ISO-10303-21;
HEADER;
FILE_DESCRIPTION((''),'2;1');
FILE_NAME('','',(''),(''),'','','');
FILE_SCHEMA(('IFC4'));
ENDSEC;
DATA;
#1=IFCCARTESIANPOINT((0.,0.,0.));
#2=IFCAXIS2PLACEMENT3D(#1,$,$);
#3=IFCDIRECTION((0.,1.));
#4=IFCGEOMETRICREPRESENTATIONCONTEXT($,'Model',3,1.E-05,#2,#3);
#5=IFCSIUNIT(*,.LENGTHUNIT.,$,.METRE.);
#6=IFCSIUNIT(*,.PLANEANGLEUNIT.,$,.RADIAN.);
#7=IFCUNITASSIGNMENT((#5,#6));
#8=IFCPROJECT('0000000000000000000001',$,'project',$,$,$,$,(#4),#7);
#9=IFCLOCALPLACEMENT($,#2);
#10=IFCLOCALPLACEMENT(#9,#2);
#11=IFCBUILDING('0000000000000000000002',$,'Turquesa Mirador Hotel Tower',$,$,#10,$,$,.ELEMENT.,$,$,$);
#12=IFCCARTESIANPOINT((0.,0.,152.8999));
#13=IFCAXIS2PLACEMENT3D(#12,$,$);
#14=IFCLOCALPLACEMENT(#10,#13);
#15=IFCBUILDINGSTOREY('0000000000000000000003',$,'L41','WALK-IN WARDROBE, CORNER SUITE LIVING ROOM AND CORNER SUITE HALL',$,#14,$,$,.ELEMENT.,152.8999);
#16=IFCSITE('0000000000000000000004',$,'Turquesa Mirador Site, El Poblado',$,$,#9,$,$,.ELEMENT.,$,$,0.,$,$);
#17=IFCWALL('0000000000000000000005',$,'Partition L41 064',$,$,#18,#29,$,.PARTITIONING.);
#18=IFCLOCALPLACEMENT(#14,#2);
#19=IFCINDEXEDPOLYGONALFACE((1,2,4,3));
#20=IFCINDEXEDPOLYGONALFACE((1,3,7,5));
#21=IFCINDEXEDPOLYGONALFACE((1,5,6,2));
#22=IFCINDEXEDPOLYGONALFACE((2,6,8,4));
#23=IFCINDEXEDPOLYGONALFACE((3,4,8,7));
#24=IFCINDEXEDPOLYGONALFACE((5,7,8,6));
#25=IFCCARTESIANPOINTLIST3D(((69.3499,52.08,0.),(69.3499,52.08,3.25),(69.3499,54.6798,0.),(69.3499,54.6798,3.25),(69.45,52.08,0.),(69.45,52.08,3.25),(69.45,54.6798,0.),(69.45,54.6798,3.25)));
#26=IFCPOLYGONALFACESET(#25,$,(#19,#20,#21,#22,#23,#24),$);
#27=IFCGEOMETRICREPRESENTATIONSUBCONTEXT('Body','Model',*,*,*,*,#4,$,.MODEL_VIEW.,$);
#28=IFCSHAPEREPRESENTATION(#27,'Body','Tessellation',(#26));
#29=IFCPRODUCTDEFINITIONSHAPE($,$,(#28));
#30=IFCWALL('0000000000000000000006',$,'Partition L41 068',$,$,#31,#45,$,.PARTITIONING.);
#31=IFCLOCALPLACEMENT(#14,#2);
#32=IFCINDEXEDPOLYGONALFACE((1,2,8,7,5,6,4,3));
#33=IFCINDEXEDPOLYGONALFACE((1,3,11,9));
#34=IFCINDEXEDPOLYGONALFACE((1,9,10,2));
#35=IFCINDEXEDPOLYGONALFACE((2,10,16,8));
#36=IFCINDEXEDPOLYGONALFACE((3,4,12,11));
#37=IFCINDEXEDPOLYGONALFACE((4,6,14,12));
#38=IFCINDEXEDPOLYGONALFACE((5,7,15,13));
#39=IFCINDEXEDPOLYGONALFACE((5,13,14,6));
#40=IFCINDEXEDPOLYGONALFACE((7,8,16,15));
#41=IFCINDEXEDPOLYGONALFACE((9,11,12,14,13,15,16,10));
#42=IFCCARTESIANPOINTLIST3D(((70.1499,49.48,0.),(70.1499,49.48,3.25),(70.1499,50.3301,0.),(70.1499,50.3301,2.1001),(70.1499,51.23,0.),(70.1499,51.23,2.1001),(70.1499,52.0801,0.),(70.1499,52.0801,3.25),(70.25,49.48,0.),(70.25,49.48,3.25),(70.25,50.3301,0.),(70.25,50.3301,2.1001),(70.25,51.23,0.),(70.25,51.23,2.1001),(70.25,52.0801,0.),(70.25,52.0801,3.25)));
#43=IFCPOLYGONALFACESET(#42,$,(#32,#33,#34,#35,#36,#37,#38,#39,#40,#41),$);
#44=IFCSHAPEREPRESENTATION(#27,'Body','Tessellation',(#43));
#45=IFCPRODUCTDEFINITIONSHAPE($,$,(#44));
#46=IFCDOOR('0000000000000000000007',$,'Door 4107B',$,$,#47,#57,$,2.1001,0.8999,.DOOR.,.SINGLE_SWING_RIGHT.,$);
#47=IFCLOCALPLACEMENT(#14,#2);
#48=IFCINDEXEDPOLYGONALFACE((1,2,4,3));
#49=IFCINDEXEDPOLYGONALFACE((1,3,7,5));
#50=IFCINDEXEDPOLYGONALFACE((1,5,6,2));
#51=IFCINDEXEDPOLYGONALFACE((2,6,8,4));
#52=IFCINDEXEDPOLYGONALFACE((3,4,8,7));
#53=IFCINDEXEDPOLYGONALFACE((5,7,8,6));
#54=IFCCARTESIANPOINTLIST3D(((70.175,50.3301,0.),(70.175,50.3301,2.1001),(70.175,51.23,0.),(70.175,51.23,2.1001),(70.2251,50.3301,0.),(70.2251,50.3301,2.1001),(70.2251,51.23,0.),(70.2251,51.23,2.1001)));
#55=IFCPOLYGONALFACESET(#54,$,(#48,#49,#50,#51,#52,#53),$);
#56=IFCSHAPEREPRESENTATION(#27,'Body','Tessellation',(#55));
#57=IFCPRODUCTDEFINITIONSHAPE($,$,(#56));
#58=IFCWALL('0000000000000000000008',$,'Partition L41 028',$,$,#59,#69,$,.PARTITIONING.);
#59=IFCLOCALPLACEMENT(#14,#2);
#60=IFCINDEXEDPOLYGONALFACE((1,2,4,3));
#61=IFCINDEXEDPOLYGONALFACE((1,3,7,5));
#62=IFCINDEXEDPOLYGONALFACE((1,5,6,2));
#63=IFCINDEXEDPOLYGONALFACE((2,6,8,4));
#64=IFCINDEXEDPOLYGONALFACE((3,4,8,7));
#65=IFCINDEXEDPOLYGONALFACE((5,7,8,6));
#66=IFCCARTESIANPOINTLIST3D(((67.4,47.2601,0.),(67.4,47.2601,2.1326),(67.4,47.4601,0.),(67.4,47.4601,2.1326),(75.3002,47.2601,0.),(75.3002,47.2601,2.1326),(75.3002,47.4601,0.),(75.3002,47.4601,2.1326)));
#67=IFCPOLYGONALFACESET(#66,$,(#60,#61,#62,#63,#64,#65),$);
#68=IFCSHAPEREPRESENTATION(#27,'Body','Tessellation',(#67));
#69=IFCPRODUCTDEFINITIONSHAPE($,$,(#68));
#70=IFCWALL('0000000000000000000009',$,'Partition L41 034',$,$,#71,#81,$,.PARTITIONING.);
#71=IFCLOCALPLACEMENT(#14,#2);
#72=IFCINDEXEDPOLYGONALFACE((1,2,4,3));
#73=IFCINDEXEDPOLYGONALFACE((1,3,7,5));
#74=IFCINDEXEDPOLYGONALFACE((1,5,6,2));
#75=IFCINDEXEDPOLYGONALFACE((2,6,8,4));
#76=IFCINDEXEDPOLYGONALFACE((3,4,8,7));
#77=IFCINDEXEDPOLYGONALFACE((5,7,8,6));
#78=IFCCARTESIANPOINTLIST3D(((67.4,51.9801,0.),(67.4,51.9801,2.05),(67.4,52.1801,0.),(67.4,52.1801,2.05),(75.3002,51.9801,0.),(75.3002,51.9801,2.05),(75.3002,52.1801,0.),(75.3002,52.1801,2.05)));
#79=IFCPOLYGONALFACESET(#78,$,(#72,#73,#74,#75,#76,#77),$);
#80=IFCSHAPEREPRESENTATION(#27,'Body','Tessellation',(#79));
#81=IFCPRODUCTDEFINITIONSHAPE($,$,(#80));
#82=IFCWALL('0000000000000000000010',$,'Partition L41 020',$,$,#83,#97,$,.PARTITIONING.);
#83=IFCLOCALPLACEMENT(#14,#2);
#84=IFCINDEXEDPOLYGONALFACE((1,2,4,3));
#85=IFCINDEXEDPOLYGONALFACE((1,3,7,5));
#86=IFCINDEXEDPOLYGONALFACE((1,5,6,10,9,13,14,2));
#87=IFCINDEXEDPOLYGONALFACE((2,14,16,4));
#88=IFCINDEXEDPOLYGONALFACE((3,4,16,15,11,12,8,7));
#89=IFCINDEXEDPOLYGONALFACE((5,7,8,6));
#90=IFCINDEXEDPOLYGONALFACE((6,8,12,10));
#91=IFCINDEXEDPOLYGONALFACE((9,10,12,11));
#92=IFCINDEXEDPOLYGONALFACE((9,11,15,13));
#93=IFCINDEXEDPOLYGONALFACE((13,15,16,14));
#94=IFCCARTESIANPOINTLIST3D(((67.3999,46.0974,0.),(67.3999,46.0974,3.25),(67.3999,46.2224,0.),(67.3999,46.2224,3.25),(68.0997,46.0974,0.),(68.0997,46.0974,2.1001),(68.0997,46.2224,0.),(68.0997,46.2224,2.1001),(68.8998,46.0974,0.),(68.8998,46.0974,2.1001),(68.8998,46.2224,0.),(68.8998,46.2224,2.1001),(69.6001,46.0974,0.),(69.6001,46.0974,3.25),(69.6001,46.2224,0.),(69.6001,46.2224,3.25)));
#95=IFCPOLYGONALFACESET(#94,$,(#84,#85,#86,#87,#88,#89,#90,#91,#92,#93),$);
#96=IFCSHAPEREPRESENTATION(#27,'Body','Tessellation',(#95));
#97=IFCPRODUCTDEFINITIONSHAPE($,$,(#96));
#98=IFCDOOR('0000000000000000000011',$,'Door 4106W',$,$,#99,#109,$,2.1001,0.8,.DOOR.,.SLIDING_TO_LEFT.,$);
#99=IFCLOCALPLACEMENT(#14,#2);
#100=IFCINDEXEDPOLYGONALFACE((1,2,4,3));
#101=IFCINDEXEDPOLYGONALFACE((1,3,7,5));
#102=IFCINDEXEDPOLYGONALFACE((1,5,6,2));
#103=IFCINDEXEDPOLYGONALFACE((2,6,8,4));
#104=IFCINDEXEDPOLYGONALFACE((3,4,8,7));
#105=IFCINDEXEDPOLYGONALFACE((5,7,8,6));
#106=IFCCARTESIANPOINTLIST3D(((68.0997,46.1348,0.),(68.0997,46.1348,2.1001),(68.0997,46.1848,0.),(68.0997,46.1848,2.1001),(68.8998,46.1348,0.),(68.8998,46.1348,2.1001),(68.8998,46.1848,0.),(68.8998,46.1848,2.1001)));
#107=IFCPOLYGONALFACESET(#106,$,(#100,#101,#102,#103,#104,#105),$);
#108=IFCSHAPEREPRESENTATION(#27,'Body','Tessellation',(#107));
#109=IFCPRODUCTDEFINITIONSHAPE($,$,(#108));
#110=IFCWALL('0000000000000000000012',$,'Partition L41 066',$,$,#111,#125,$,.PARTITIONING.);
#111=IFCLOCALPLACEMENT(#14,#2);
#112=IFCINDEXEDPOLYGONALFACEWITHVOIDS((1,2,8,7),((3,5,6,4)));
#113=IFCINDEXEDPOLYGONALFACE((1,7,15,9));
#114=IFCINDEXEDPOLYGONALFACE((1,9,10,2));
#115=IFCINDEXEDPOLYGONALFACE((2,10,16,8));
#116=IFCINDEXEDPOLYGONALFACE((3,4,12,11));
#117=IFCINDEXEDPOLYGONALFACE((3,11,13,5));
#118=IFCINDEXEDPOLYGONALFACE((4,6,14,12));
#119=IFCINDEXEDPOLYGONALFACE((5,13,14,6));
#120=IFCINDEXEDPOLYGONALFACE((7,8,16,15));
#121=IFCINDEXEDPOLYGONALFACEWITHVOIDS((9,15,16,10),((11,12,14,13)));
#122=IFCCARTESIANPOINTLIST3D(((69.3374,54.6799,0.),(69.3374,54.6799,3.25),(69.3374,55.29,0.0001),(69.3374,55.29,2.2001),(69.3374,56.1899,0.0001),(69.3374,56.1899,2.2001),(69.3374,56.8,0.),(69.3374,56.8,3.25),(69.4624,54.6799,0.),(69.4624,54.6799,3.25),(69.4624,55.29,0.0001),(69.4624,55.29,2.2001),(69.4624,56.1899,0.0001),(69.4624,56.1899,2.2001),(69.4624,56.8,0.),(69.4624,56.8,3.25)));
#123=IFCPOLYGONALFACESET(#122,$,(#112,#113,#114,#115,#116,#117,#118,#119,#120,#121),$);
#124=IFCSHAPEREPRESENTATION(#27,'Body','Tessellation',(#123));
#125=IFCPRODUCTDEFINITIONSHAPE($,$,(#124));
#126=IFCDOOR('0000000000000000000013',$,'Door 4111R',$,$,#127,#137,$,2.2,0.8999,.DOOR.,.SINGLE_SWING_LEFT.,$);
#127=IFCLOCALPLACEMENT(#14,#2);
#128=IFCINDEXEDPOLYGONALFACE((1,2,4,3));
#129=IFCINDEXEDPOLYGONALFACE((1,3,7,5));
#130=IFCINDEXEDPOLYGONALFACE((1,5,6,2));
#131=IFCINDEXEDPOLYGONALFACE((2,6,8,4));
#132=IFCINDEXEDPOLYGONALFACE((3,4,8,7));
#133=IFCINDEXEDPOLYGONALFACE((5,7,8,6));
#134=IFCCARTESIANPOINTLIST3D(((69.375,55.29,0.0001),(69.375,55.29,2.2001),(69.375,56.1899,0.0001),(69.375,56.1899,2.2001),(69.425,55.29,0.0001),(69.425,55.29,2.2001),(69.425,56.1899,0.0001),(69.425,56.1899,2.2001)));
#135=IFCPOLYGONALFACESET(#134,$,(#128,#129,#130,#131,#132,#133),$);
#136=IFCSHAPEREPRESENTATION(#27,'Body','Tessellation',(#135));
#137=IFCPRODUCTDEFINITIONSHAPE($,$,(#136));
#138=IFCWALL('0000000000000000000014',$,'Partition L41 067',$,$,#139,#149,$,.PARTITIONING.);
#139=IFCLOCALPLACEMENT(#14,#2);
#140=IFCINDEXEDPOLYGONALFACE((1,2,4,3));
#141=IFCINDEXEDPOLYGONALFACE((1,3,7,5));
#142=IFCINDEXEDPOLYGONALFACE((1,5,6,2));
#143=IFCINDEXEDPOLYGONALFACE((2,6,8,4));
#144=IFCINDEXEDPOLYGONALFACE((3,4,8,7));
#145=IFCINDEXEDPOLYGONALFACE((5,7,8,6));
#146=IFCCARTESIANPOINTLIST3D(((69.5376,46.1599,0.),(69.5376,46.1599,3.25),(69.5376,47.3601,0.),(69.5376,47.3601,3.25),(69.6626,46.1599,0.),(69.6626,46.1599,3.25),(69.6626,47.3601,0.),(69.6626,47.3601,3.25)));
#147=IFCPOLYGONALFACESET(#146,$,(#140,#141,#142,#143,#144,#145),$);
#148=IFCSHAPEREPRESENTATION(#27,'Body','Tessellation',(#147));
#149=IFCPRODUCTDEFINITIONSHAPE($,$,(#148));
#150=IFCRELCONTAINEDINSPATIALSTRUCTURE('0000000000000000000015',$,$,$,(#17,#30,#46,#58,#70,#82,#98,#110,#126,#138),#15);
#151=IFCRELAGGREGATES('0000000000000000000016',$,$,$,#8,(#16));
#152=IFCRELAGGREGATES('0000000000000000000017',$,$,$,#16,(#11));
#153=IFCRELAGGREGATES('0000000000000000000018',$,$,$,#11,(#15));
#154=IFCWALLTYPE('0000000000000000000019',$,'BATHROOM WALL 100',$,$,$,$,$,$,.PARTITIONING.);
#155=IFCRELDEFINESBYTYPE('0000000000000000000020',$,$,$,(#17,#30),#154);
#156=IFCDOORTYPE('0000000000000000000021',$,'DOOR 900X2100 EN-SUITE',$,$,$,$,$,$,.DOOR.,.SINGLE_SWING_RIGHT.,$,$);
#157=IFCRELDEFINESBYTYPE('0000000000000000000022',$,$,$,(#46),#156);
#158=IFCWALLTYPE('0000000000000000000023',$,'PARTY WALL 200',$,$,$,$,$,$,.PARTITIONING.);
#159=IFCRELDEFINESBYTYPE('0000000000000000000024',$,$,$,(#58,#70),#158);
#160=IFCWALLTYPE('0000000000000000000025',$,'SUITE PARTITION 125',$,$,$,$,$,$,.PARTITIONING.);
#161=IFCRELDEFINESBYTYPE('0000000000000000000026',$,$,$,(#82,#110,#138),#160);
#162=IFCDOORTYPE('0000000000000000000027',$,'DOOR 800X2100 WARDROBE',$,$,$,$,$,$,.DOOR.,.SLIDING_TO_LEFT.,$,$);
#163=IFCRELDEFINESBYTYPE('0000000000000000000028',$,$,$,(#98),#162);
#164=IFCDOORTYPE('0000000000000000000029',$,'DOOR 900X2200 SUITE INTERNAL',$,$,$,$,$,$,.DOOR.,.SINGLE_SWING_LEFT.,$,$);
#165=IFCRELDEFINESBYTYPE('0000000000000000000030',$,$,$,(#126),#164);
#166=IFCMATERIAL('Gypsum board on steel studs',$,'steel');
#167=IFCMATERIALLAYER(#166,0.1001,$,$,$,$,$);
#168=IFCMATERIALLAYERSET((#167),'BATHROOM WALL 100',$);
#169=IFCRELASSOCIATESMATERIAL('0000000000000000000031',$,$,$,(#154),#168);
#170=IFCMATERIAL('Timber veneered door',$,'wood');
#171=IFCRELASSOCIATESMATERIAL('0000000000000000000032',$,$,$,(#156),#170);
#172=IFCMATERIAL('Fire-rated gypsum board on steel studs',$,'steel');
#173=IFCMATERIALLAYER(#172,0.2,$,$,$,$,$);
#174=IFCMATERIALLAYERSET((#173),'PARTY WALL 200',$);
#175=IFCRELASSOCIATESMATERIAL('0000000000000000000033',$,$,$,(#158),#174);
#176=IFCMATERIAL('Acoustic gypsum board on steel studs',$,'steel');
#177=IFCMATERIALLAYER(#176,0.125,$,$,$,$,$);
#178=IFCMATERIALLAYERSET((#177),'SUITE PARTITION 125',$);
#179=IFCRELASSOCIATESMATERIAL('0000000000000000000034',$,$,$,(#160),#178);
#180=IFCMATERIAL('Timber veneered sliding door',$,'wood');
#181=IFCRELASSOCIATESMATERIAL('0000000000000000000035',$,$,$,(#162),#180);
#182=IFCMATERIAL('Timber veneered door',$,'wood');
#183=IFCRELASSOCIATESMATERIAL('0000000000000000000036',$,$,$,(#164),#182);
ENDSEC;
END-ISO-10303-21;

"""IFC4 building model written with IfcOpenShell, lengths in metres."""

from ifc_helpers import new_model, si_unit, direction, frame, frame_2d, origin, place, context, subcontext, project, spatial, rectangle, extrude, material, layer, layer_set, type_object, element, fill, save


model = new_model("IFC4")

# Units and contexts
model_context = context("Model", 3, precision=1e-05, world=origin(), true_north=direction((0.0, 1.0)))
body_context = subcontext(model_context, "Body", "Model", "MODEL_VIEW")
ifc_project = project(units=[si_unit("LENGTHUNIT", "METRE"), si_unit("PLANEANGLEUNIT", "RADIAN")], contexts=[model_context])

# Site, building, storey
site_placement = place(None, origin())
site = spatial("IfcSite", under=ifc_project, at=site_placement, Name="Turquesa Mirador Site, El Poblado", CompositionType="ELEMENT", RefElevation=0.0)
building_placement = place(site_placement, origin())
building = spatial("IfcBuilding", under=site, at=building_placement, Name="Turquesa Mirador Hotel Tower", CompositionType="ELEMENT")
storey_placement = place(building_placement, frame((0.0, 0.0, 152.8999)))
storey = spatial("IfcBuildingStorey", under=building, at=storey_placement, Name="L41", Description="WALK-IN WARDROBE, CORNER SUITE LIVING ROOM AND CORNER SUITE HALL", CompositionType="ELEMENT", Elevation=152.8999)

# Wall
ifc_material_1 = material(Name="Gypsum board on steel studs", Category="steel")
ifc_layer_1 = layer(ifc_material_1, 0.1001)
ifc_layer_set_1 = layer_set([ifc_layer_1], Name="BATHROOM WALL 100")
wall_type_1 = type_object("IfcWallType", Name="BATHROOM WALL 100", PredefinedType="PARTITIONING", material=ifc_layer_set_1)
wall_1_placement = place(storey_placement, frame((69.3999, 52.0801, 0.0), z_axis=(0.0, 0.0, 1.0), x_axis=(0.0, 1.0, 0.0)))
element("IfcWall", 1, at=wall_1_placement, inside=storey, type_object=wall_type_1, Name="Partition L41 064", PredefinedType="PARTITIONING", context=body_context, shape_type="SweptSolid", body=[
    extrude(rectangle(XDim=2.5999, YDim=0.1001, at=frame_2d((1.2998, 0.0))), origin(), (0.0, 0.0, 1.0), 3.25),
])

# Wall, opening, door
wall_2_placement = place(storey_placement, frame((70.2, 49.48, 0.0), z_axis=(0.0, 0.0, 1.0), x_axis=(0.0, 1.0, 0.0)))
wall_2 = element("IfcWall", 2, at=wall_2_placement, inside=storey, type_object=wall_type_1, Name="Partition L41 068", PredefinedType="PARTITIONING", context=body_context, shape_type="SweptSolid", body=[
    extrude(rectangle(XDim=2.6001, YDim=0.1001, at=frame_2d((1.3, 0.0))), origin(), (0.0, 0.0, 1.0), 3.25),
])
opening_1_placement = place(wall_2_placement, frame((0.8501, 0.0, 0.0)))
opening_1 = element("IfcOpeningElement", 3, at=opening_1_placement, cuts=wall_2, PredefinedType="OPENING", context=body_context, shape_type="SweptSolid", body=[
    extrude(rectangle(XDim=0.8999, YDim=2.1001, at=frame_2d((0.45, 1.05))), frame((0.0, 0.0601, 0.0), z_axis=(0.0, -1.0, 0.0), x_axis=(1.0, 0.0, 0.0)), (0.0, 0.0, 1.0), 0.1201),
])
ifc_material_2 = material(Name="Timber veneered door", Category="wood")
door_type_1 = type_object("IfcDoorType", Name="DOOR 900X2100 EN-SUITE", OperationType="SINGLE_SWING_RIGHT", PredefinedType="DOOR", material=ifc_material_2)
door_1_placement = place(opening_1_placement, origin())
door_1 = element("IfcDoor", 4, at=door_1_placement, inside=storey, type_object=door_type_1, Name="Door 4107B", OperationType="SINGLE_SWING_RIGHT", OverallHeight=2.1001, OverallWidth=0.8999, PredefinedType="DOOR", context=body_context, shape_type="SweptSolid", body=[
    extrude(rectangle(XDim=0.8999, YDim=2.1001, at=frame_2d((0.45, 1.05))), frame((0.0, 0.0249, 0.0), z_axis=(0.0, -1.0, 0.0), x_axis=(1.0, 0.0, 0.0)), (0.0, 0.0, 1.0), 0.05),
])
fill(opening_1, door_1)

# Walls
ifc_material_3 = material(Name="Fire-rated gypsum board on steel studs", Category="steel")
ifc_layer_2 = layer(ifc_material_3, 0.2)
ifc_layer_set_2 = layer_set([ifc_layer_2], Name="PARTY WALL 200")
wall_type_2 = type_object("IfcWallType", Name="PARTY WALL 200", PredefinedType="PARTITIONING", material=ifc_layer_set_2)
wall_3_placement = place(storey_placement, frame((67.3999, 47.3601, 0.0), z_axis=(0.0, 0.0, 1.0), x_axis=(1.0, 0.0, 0.0)))
element("IfcWall", 5, at=wall_3_placement, inside=storey, type_object=wall_type_2, Name="Partition L41 028", PredefinedType="PARTITIONING", context=body_context, shape_type="SweptSolid", body=[
    extrude(rectangle(XDim=7.9001, YDim=0.2, at=frame_2d((3.9502, 0.0))), origin(), (0.0, 0.0, 1.0), 2.1326),
])
wall_4_placement = place(storey_placement, frame((67.3999, 52.0801, 0.0), z_axis=(0.0, 0.0, 1.0), x_axis=(1.0, 0.0, 0.0)))
element("IfcWall", 6, at=wall_4_placement, inside=storey, type_object=wall_type_2, Name="Partition L41 034", PredefinedType="PARTITIONING", context=body_context, shape_type="SweptSolid", body=[
    extrude(rectangle(XDim=7.9001, YDim=0.2, at=frame_2d((3.9502, 0.0))), origin(), (0.0, 0.0, 1.0), 2.05),
])

# Walls, openings, doors
ifc_material_4 = material(Name="Acoustic gypsum board on steel studs", Category="steel")
ifc_layer_3 = layer(ifc_material_4, 0.125)
ifc_layer_set_3 = layer_set([ifc_layer_3], Name="SUITE PARTITION 125")
wall_type_3 = type_object("IfcWallType", Name="SUITE PARTITION 125", PredefinedType="PARTITIONING", material=ifc_layer_set_3)
wall_5_placement = place(storey_placement, frame((67.3999, 46.1599, 0.0), z_axis=(0.0, 0.0, 1.0), x_axis=(1.0, 0.0, 0.0)))
wall_5 = element("IfcWall", 7, at=wall_5_placement, inside=storey, type_object=wall_type_3, Name="Partition L41 020", PredefinedType="PARTITIONING", context=body_context, shape_type="SweptSolid", body=[
    extrude(rectangle(XDim=2.2002, YDim=0.125, at=frame_2d((1.1001, 0.0))), origin(), (0.0, 0.0, 1.0), 3.25),
])
opening_2_placement = place(wall_5_placement, frame((0.7, 0.0, 0.0)))
opening_2 = element("IfcOpeningElement", 8, at=opening_2_placement, cuts=wall_5, PredefinedType="OPENING", context=body_context, shape_type="SweptSolid", body=[
    extrude(rectangle(XDim=0.8, YDim=2.1001, at=frame_2d((0.3999, 1.05))), frame((0.0, 0.0725, 0.0), z_axis=(0.0, -1.0, 0.0), x_axis=(1.0, 0.0, 0.0)), (0.0, 0.0, 1.0), 0.145),
])
ifc_material_5 = material(Name="Timber veneered sliding door", Category="wood")
door_type_2 = type_object("IfcDoorType", Name="DOOR 800X2100 WARDROBE", OperationType="SLIDING_TO_LEFT", PredefinedType="DOOR", material=ifc_material_5)
door_2_placement = place(opening_2_placement, origin())
door_2 = element("IfcDoor", 9, at=door_2_placement, inside=storey, type_object=door_type_2, Name="Door 4106W", OperationType="SLIDING_TO_LEFT", OverallHeight=2.1001, OverallWidth=0.8, PredefinedType="DOOR", context=body_context, shape_type="SweptSolid", body=[
    extrude(rectangle(XDim=0.8, YDim=2.1001, at=frame_2d((0.3999, 1.05))), frame((0.0, 0.0249, 0.0), z_axis=(0.0, -1.0, 0.0), x_axis=(1.0, 0.0, 0.0)), (0.0, 0.0, 1.0), 0.05),
])
fill(opening_2, door_2)
wall_6_placement = place(storey_placement, frame((69.3999, 54.6799, 0.0), z_axis=(0.0, 0.0, 1.0), x_axis=(0.0, 1.0, 0.0)))
wall_6 = element("IfcWall", 10, at=wall_6_placement, inside=storey, type_object=wall_type_3, Name="Partition L41 066", PredefinedType="PARTITIONING", context=body_context, shape_type="SweptSolid", body=[
    extrude(rectangle(XDim=2.1201, YDim=0.125, at=frame_2d((1.0601, 0.0))), origin(), (0.0, 0.0, 1.0), 3.25),
])
opening_3_placement = place(wall_6_placement, frame((0.6101, 0.0, 0.0)))
opening_3 = element("IfcOpeningElement", 11, at=opening_3_placement, cuts=wall_6, PredefinedType="OPENING", context=body_context, shape_type="SweptSolid", body=[
    extrude(rectangle(XDim=0.8999, YDim=2.2, at=frame_2d((0.45, 1.1001))), frame((0.0, 0.0725, 0.0), z_axis=(0.0, -1.0, 0.0), x_axis=(1.0, 0.0, 0.0)), (0.0, 0.0, 1.0), 0.145),
])
ifc_material_6 = material(Name="Timber veneered door", Category="wood")
door_type_3 = type_object("IfcDoorType", Name="DOOR 900X2200 SUITE INTERNAL", OperationType="SINGLE_SWING_LEFT", PredefinedType="DOOR", material=ifc_material_6)
door_3_placement = place(opening_3_placement, origin())
door_3 = element("IfcDoor", 12, at=door_3_placement, inside=storey, type_object=door_type_3, Name="Door 4111R", OperationType="SINGLE_SWING_LEFT", OverallHeight=2.2, OverallWidth=0.8999, PredefinedType="DOOR", context=body_context, shape_type="SweptSolid", body=[
    extrude(rectangle(XDim=0.8999, YDim=2.2, at=frame_2d((0.45, 1.1001))), frame((0.0, 0.0249, 0.0), z_axis=(0.0, -1.0, 0.0), x_axis=(1.0, 0.0, 0.0)), (0.0, 0.0, 1.0), 0.05),
])
fill(opening_3, door_3)

# Wall
wall_7_placement = place(storey_placement, frame((69.6001, 46.1599, 0.0), z_axis=(0.0, 0.0, 1.0), x_axis=(0.0, 1.0, 0.0)))
element("IfcWall", 13, at=wall_7_placement, inside=storey, type_object=wall_type_3, Name="Partition L41 067", PredefinedType="PARTITIONING", context=body_context, shape_type="SweptSolid", body=[
    extrude(rectangle(XDim=1.2002, YDim=0.125, at=frame_2d((0.6001, 0.0))), origin(), (0.0, 0.0, 1.0), 3.25),
])

save(model, "model.ifc")
